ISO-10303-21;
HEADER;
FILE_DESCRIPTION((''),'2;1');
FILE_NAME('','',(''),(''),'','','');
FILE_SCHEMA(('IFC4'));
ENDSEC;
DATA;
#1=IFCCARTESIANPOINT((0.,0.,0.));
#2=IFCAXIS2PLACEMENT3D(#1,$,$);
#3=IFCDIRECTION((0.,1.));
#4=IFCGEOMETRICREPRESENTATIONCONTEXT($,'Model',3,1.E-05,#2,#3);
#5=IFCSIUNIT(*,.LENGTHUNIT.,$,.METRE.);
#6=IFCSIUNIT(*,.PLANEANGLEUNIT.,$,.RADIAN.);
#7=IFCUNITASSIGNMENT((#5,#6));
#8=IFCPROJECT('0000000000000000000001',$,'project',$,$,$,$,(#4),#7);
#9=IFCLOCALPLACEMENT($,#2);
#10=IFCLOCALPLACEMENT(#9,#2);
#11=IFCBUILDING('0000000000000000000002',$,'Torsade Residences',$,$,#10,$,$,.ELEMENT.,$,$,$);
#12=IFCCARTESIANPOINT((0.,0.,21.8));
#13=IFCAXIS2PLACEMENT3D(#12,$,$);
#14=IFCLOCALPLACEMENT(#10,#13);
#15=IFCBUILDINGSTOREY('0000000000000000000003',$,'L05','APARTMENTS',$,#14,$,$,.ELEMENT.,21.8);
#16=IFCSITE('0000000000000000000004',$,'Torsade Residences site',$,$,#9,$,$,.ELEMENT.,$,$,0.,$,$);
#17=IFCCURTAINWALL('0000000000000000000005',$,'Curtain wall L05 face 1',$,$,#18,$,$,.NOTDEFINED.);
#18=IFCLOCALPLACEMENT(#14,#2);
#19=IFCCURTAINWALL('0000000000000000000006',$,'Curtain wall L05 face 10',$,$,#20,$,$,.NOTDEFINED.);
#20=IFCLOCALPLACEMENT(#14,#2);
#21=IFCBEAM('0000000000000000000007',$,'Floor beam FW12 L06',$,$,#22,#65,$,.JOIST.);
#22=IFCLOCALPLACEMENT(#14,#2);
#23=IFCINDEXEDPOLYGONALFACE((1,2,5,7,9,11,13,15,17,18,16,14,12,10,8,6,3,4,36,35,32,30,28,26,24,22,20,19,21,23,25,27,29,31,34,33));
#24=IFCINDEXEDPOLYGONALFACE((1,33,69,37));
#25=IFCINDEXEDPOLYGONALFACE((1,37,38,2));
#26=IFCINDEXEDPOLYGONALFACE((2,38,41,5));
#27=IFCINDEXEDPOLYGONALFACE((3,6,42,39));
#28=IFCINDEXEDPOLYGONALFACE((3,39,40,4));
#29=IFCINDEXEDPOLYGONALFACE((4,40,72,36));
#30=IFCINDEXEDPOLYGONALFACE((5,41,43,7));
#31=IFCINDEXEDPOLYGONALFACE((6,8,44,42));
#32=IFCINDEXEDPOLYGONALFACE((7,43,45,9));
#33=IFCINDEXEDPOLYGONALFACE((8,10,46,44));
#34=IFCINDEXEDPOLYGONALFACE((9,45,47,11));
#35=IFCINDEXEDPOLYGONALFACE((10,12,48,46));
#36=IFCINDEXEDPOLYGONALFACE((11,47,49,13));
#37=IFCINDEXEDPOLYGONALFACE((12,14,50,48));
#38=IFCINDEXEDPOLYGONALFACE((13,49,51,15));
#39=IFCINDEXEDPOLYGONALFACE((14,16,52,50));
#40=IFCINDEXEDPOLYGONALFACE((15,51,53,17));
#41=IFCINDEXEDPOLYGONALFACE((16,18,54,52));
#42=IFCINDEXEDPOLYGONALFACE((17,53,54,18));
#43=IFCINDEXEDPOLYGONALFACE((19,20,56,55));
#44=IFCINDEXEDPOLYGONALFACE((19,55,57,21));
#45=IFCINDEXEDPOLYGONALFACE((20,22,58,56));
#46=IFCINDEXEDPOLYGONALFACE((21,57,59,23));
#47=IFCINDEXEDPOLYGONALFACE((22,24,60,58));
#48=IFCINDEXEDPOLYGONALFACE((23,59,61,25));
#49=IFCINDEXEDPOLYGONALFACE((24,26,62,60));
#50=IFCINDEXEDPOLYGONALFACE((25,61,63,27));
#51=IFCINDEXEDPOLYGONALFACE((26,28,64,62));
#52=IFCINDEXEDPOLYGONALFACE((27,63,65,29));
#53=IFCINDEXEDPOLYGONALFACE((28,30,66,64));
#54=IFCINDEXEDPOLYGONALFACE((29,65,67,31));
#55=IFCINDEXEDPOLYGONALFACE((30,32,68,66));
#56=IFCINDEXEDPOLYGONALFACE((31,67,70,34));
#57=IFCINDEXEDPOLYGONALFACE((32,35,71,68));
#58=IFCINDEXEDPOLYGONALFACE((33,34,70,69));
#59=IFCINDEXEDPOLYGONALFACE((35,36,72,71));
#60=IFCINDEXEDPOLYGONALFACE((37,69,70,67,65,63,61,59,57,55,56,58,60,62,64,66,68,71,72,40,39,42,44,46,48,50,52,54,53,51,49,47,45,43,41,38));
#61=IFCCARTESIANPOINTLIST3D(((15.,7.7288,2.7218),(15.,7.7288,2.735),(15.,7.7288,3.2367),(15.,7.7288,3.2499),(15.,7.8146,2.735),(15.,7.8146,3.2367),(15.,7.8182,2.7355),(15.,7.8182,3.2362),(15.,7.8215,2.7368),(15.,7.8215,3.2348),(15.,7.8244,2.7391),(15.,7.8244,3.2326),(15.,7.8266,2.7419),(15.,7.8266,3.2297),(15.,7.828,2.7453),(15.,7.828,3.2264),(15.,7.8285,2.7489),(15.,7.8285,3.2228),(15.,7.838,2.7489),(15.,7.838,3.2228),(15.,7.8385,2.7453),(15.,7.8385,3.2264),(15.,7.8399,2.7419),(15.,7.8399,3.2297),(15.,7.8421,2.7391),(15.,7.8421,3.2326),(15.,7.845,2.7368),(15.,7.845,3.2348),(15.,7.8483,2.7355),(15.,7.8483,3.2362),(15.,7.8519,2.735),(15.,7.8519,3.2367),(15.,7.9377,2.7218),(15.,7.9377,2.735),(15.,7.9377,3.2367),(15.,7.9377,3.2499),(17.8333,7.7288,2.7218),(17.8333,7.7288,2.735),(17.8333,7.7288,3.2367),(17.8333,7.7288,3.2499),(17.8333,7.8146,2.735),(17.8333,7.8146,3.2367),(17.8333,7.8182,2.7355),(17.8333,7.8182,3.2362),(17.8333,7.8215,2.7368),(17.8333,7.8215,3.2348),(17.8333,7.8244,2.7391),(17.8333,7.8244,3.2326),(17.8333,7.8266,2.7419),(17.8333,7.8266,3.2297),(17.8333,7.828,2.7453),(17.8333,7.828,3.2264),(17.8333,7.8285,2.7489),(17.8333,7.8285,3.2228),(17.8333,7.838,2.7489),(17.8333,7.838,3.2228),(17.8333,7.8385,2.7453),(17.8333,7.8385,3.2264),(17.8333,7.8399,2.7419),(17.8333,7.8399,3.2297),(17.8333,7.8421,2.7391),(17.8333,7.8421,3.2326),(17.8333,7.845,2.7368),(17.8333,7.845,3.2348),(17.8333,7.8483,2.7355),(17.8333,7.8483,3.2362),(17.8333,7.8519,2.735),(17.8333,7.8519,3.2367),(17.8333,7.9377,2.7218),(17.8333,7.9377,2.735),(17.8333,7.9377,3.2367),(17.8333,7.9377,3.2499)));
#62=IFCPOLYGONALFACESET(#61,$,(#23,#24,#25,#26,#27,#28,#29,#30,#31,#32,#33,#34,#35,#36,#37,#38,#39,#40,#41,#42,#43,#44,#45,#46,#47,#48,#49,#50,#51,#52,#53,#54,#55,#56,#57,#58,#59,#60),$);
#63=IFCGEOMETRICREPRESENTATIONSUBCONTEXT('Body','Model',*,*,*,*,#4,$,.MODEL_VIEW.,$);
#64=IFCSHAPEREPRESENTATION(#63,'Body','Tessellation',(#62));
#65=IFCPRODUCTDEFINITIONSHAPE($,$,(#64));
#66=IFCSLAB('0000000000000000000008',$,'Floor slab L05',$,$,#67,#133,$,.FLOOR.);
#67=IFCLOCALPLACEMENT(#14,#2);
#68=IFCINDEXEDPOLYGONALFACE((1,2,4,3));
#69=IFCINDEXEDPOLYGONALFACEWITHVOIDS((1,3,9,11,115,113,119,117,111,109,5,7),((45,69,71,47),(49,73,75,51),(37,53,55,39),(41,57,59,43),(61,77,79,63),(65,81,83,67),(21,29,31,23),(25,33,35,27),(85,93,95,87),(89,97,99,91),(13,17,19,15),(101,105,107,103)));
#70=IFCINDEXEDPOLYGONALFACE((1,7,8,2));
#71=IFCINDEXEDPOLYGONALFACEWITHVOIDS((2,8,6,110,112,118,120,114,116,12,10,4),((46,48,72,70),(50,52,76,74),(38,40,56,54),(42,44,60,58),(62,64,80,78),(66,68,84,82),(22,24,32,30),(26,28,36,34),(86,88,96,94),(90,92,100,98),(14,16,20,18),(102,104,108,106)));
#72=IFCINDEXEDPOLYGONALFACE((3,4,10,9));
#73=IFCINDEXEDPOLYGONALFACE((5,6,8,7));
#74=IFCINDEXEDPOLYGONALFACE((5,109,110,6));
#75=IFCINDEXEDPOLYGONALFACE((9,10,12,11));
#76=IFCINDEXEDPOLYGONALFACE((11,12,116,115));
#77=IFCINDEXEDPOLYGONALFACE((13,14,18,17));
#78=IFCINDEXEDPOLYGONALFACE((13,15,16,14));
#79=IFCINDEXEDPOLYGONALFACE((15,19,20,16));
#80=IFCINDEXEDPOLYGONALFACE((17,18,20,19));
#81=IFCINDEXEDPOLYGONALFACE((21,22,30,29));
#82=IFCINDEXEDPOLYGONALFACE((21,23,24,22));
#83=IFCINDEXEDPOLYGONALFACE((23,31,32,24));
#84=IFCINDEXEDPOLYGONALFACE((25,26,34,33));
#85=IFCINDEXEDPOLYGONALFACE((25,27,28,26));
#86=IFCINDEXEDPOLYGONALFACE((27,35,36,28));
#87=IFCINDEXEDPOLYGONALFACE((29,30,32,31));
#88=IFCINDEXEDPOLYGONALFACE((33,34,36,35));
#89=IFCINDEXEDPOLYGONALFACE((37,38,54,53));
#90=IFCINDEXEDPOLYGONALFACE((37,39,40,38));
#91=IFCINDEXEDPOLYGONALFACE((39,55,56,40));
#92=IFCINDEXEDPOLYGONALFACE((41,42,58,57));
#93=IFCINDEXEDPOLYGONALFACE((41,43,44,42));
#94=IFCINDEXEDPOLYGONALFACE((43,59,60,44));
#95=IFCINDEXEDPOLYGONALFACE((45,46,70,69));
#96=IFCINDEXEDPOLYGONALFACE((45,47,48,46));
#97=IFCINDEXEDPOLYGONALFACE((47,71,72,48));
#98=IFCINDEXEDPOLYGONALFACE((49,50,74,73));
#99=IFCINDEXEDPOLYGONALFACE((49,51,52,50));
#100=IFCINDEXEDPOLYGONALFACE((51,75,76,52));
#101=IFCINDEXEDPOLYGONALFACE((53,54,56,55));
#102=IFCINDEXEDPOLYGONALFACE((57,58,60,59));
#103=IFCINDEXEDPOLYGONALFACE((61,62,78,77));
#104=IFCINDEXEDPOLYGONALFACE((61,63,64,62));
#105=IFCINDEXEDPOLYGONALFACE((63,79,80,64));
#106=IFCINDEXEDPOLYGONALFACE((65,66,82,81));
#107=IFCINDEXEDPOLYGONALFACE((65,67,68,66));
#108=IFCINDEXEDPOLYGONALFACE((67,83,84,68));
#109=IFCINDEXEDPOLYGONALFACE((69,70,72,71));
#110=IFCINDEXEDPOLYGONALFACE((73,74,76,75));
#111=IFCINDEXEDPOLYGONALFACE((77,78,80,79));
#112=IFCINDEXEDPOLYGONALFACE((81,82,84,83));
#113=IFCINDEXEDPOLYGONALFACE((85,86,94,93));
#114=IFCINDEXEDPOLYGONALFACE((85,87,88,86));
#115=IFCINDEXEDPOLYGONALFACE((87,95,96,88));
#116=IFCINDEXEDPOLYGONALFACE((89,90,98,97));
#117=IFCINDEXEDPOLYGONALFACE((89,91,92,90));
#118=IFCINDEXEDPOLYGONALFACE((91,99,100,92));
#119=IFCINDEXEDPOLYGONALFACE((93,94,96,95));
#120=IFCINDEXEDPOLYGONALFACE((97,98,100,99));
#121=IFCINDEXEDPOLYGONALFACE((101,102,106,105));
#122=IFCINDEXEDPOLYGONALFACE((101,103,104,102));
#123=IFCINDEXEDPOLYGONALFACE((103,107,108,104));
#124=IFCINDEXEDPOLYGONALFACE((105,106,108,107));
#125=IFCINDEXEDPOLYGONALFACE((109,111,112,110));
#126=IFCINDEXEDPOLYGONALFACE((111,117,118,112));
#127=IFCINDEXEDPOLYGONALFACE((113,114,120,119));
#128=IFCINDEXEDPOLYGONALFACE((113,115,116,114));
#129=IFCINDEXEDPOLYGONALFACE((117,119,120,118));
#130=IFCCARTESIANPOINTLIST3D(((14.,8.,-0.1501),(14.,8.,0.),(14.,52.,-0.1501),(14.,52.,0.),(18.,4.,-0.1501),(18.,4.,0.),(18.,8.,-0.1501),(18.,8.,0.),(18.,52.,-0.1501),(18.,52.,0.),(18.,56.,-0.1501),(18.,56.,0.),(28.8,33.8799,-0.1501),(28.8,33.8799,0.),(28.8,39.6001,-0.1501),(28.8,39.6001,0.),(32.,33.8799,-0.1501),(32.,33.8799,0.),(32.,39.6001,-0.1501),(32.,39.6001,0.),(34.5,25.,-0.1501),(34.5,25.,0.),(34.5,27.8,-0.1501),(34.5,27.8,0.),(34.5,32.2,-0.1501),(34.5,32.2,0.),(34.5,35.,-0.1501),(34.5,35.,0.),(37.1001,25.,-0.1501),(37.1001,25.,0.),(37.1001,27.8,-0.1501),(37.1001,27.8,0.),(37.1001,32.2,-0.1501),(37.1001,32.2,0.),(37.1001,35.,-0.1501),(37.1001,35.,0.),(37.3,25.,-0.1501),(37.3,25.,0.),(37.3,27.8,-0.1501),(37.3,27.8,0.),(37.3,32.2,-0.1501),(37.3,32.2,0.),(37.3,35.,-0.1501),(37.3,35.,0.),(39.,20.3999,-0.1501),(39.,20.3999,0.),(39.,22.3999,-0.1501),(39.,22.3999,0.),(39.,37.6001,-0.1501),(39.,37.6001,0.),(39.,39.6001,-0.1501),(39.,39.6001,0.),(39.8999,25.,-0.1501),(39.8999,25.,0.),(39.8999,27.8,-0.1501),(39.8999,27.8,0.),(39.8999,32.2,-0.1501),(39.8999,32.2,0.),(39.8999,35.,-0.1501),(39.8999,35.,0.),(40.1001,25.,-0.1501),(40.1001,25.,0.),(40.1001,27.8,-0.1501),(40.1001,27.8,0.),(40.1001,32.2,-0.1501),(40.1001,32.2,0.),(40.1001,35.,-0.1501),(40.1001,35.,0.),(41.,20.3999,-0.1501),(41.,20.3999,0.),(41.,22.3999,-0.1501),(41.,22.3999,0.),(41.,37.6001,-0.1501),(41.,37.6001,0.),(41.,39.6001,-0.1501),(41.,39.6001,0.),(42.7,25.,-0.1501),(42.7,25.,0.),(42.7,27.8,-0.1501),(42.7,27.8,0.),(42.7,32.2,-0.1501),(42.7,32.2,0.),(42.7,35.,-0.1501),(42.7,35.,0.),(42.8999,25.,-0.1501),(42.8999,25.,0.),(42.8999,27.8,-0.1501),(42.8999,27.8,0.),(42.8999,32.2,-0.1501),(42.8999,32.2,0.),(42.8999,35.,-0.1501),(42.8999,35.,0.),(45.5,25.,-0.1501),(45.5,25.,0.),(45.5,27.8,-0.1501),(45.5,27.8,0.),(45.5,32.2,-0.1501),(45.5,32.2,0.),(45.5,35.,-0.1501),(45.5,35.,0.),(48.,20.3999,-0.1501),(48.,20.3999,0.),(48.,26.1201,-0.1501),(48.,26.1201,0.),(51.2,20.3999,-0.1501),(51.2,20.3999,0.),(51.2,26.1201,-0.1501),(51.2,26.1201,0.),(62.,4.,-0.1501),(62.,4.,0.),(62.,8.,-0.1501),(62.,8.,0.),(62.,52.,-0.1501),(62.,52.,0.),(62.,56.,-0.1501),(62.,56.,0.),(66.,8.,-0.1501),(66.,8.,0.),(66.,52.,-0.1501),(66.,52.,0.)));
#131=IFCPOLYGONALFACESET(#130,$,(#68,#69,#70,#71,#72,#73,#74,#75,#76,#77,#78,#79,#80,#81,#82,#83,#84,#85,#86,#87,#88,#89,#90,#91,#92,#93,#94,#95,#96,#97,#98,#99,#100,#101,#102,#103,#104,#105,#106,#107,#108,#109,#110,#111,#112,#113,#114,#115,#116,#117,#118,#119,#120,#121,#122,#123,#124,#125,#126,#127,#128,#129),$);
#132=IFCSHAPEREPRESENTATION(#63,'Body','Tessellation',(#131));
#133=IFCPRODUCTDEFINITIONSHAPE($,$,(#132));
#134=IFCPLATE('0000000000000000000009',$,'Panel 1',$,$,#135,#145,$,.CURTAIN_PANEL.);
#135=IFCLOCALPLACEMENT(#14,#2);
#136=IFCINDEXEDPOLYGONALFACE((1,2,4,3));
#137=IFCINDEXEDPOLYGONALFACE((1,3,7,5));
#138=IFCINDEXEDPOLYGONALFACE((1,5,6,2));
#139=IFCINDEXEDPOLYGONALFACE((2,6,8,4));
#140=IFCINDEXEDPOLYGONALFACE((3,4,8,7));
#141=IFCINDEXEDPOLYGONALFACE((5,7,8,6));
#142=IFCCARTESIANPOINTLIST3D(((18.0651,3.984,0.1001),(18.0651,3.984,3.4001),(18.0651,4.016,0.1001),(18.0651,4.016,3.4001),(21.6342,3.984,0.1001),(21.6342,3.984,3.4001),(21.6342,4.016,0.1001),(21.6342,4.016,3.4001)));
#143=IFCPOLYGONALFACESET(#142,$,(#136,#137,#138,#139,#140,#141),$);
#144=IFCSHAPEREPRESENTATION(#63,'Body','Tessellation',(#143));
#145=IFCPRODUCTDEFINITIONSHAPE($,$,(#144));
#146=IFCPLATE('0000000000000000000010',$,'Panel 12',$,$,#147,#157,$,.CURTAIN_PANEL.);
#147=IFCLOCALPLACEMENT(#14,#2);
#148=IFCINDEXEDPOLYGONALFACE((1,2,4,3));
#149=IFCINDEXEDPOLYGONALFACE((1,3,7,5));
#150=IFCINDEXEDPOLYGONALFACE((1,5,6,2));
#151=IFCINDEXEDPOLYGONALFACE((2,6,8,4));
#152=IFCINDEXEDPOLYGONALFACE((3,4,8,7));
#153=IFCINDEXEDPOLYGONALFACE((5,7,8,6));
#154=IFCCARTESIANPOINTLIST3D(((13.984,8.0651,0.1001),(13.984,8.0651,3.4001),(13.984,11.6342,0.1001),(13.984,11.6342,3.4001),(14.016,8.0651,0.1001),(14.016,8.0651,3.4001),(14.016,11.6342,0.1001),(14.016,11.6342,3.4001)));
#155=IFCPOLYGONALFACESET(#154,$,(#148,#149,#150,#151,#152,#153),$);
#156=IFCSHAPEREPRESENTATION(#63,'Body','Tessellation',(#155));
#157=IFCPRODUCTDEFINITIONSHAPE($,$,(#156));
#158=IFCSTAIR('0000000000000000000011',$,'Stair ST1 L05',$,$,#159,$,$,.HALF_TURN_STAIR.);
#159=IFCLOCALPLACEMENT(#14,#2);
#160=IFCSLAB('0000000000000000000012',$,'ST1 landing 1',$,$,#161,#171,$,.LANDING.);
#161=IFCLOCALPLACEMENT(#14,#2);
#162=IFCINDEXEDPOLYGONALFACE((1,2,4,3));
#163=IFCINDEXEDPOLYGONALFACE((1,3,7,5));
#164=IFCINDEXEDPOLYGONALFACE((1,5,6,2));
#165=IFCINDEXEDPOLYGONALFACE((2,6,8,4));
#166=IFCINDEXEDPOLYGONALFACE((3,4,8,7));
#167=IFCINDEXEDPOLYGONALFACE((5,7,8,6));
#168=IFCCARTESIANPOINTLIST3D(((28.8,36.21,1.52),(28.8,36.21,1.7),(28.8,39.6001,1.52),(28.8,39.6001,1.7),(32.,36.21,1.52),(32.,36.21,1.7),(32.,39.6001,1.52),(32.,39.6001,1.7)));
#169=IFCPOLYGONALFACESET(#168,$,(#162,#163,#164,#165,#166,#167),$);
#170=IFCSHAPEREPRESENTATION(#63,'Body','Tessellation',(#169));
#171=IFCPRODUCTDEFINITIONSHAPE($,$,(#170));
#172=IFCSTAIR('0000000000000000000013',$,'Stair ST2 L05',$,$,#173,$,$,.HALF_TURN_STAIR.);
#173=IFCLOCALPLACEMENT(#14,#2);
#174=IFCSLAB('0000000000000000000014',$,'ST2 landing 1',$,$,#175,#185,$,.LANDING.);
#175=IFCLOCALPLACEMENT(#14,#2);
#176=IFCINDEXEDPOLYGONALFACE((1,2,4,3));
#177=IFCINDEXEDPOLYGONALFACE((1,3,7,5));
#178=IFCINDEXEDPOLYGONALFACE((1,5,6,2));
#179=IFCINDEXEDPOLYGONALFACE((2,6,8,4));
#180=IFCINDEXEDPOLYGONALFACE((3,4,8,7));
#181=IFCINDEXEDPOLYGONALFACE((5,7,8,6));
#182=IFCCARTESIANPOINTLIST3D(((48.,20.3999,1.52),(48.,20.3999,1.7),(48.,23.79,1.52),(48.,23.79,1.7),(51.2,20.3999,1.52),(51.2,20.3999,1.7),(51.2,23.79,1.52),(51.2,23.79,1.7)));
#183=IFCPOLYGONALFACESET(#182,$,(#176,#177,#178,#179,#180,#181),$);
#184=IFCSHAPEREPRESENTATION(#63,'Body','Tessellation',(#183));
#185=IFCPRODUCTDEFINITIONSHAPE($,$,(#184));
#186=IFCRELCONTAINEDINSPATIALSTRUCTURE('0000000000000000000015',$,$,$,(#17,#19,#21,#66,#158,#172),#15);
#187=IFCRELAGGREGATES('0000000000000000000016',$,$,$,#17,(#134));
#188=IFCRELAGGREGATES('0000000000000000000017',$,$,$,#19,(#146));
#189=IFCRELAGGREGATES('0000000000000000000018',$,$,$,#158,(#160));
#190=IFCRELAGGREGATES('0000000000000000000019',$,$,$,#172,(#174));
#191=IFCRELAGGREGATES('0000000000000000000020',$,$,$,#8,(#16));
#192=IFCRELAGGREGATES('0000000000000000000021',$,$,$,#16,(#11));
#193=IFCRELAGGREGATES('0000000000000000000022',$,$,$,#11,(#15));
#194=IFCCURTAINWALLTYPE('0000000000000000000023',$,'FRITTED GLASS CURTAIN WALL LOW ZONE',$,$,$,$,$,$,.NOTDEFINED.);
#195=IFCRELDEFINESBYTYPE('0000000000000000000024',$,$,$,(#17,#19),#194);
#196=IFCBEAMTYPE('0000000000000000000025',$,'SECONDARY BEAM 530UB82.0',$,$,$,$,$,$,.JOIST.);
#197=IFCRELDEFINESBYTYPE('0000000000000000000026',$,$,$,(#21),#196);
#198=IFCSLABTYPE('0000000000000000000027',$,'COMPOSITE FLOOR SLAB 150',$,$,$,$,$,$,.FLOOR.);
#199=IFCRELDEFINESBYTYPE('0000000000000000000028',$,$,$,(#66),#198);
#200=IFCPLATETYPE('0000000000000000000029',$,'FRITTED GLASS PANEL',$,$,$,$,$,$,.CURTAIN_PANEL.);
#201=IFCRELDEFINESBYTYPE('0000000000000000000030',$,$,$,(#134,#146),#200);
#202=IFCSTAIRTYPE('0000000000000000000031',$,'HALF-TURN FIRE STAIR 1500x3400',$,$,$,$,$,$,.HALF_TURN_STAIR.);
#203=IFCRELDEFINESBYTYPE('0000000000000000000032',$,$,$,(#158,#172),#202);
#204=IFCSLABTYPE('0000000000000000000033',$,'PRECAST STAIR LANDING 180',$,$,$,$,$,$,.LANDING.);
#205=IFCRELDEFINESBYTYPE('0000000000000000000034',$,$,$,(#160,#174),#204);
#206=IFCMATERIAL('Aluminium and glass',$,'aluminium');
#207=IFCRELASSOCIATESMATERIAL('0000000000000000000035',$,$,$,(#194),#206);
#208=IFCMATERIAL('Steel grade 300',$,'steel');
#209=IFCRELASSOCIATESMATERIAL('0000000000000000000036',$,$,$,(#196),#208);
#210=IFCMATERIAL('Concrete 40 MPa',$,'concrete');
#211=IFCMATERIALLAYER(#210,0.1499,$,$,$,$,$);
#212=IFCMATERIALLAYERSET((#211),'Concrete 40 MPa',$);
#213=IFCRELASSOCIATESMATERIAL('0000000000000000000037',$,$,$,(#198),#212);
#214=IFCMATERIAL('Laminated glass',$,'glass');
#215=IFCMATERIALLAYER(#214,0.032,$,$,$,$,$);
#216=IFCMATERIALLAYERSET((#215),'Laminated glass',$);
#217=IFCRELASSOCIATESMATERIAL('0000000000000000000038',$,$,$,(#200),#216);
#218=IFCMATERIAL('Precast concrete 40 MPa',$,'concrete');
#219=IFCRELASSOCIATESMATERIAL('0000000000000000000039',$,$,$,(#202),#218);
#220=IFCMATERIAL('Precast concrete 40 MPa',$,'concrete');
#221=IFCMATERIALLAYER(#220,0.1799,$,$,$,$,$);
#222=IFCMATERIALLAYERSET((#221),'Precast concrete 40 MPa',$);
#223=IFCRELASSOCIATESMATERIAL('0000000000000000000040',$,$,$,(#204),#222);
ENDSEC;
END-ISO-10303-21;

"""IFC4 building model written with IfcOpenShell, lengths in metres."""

from ifc_helpers import new_model, si_unit, direction, frame, origin, origin_2d, place, context, subcontext, project, spatial, polyline, rectangle, i_section, outline, extrude, material, layer, layer_set, material_profile, profile_set, type_object, element, aggregate, save


model = new_model("IFC4")

# Units and contexts
model_context = context("Model", 3, precision=1e-05, world=origin(), true_north=direction((0.0, 1.0)))
body_context = subcontext(model_context, "Body", "Model", "MODEL_VIEW")
ifc_project = project(units=[si_unit("LENGTHUNIT", "METRE"), si_unit("PLANEANGLEUNIT", "RADIAN")], contexts=[model_context])

# Site, building, storey
site_placement = place(None, origin())
site = spatial("IfcSite", under=ifc_project, at=site_placement, Name="Torsade Residences site", CompositionType="ELEMENT", RefElevation=0.0)
building_placement = place(site_placement, origin())
building = spatial("IfcBuilding", under=site, at=building_placement, Name="Torsade Residences", CompositionType="ELEMENT")
storey_placement = place(building_placement, frame((0.0, 0.0, 21.8)))
storey = spatial("IfcBuildingStorey", under=building, at=storey_placement, Name="L05", Description="APARTMENTS", CompositionType="ELEMENT", Elevation=21.8)

# Curtain wall
ifc_material_1 = material(Name="Aluminium and glass", Category="aluminium")
curtain_wall_type = type_object("IfcCurtainWallType", Name="FRITTED GLASS CURTAIN WALL LOW ZONE", PredefinedType="NOTDEFINED", material=ifc_material_1)
curtain_wall_1_placement = place(storey_placement, origin())
curtain_wall_1 = element("IfcCurtainWall", 1, at=curtain_wall_1_placement, inside=storey, type_object=curtain_wall_type, Name="Curtain wall L05 face 1", PredefinedType="NOTDEFINED")

# Curtain wall
curtain_wall_2_placement = place(storey_placement, origin())
curtain_wall_2 = element("IfcCurtainWall", 2, at=curtain_wall_2_placement, inside=storey, type_object=curtain_wall_type, Name="Curtain wall L05 face 10", PredefinedType="NOTDEFINED")

# Beam
ifc_material_2 = material(Name="Steel grade 300", Category="steel")
ifc_material_profile_1 = material_profile(ifc_material_2, i_section(OverallWidth=0.209, OverallDepth=0.5281, WebThickness=0.0095, FlangeThickness=0.0132, FilletRadius=0.0139, at=origin_2d()), Name="530UB82.0")
ifc_profile_set_1 = profile_set([ifc_material_profile_1], Name="Steel grade 300")
beam_type_1 = type_object("IfcBeamType", Name="SECONDARY BEAM 530UB82.0", PredefinedType="JOIST", material=ifc_profile_set_1)
beam_1_placement = place(storey_placement, frame((15.0, 7.8333, 2.9858), z_axis=(1.0, 0.0, 0.0), x_axis=(0.0, 1.0, 0.0)))
element("IfcBeam", 3, at=beam_1_placement, inside=storey, type_object=beam_type_1, Name="Floor beam FW12 L06", PredefinedType="JOIST", context=body_context, shape_type="SweptSolid", body=[
    extrude(i_section(OverallWidth=0.209, OverallDepth=0.5281, WebThickness=0.0095, FlangeThickness=0.0132, FilletRadius=0.0139, at=origin_2d()), origin(), (0.0, 0.0, 1.0), 2.8333),
])

# Slab
ifc_material_3 = material(Name="Concrete 40 MPa", Category="concrete")
ifc_layer_1 = layer(ifc_material_3, 0.1499)
ifc_layer_set_1 = layer_set([ifc_layer_1], Name="Concrete 40 MPa")
slab_type_1 = type_object("IfcSlabType", Name="COMPOSITE FLOOR SLAB 150", PredefinedType="FLOOR", material=ifc_layer_set_1)
slab_1_placement = place(storey_placement, frame((0.0, 0.0, -0.1501)))
element("IfcSlab", 4, at=slab_1_placement, inside=storey, type_object=slab_type_1, Name="Floor slab L05", PredefinedType="FLOOR", context=body_context, shape_type="SweptSolid", body=[
    extrude(outline(polyline([(18.0, 4.0), (62.0, 4.0), (62.0, 8.0), (66.0, 8.0), (66.0, 52.0), (62.0, 52.0), (62.0, 56.0), (18.0, 56.0), (18.0, 52.0), (14.0, 52.0), (14.0, 8.0), (18.0, 8.0), (18.0, 4.0)]), holes=[polyline([(51.2, 20.3999), (51.2, 26.1201), (48.0, 26.1201), (48.0, 20.3999), (51.2, 20.3999)]), polyline([(45.5, 27.8), (42.8999, 27.8), (42.8999, 25.0), (45.5, 25.0), (45.5, 27.8)]), polyline([(45.5, 32.2), (45.5, 35.0), (42.8999, 35.0), (42.8999, 32.2), (45.5, 32.2)]), polyline([(42.7, 25.0), (42.7, 27.8), (40.1001, 27.8), (40.1001, 25.0), (42.7, 25.0)]), polyline([(42.7, 32.2), (42.7, 35.0), (40.1001, 35.0), (40.1001, 32.2), (42.7, 32.2)]), polyline([(41.0, 22.3999), (39.0, 22.3999), (39.0, 20.3999), (41.0, 20.3999), (41.0, 22.3999)]), polyline([(41.0, 37.6001), (41.0, 39.6001), (39.0, 39.6001), (39.0, 37.6001), (41.0, 37.6001)]), polyline([(39.8999, 25.0), (39.8999, 27.8), (37.3, 27.8), (37.3, 25.0), (39.8999, 25.0)]), polyline([(39.8999, 35.0), (37.3, 35.0), (37.3, 32.2), (39.8999, 32.2), (39.8999, 35.0)]), polyline([(37.1001, 27.8), (34.5, 27.8), (34.5, 25.0), (37.1001, 25.0), (37.1001, 27.8)]), polyline([(37.1001, 32.2), (37.1001, 35.0), (34.5, 35.0), (34.5, 32.2), (37.1001, 32.2)]), polyline([(32.0, 33.8799), (32.0, 39.6001), (28.8, 39.6001), (28.8, 33.8799), (32.0, 33.8799)])]), origin(), (0.0, 0.0, 1.0), 0.1501),
])

# Plates
ifc_material_4 = material(Name="Laminated glass", Category="glass")
ifc_layer_2 = layer(ifc_material_4, 0.032)
ifc_layer_set_2 = layer_set([ifc_layer_2], Name="Laminated glass")
plate_type = type_object("IfcPlateType", Name="FRITTED GLASS PANEL", PredefinedType="CURTAIN_PANEL", material=ifc_layer_set_2)
plate_1_placement = place(storey_placement, frame((19.8496, 4.0, 0.1001), z_axis=(0.0, 0.0, 1.0), x_axis=(1.0, 0.0, 0.0)))
plate_1 = element("IfcPlate", 5, at=plate_1_placement, type_object=plate_type, Name="Panel 1", PredefinedType="CURTAIN_PANEL", context=body_context, shape_type="SweptSolid", body=[
    extrude(rectangle(XDim=3.5691, YDim=0.032, at=origin_2d()), origin(), (0.0, 0.0, 1.0), 3.3),
])
aggregate(curtain_wall_1, [plate_1])
plate_2_placement = place(storey_placement, frame((14.0, 9.8496, 0.1001), z_axis=(0.0, 0.0, 1.0), x_axis=(0.0, -1.0, 0.0)))
plate_2 = element("IfcPlate", 6, at=plate_2_placement, type_object=plate_type, Name="Panel 12", PredefinedType="CURTAIN_PANEL", context=body_context, shape_type="SweptSolid", body=[
    extrude(rectangle(XDim=3.5691, YDim=0.032, at=origin_2d()), origin(), (0.0, 0.0, 1.0), 3.3),
])
aggregate(curtain_wall_2, [plate_2])

# Stairs, slabs
ifc_material_5 = material(Name="Precast concrete 40 MPa", Category="concrete")
stair_type = type_object("IfcStairType", Name="HALF-TURN FIRE STAIR 1500x3400", PredefinedType="HALF_TURN_STAIR", material=ifc_material_5)
stair_1_placement = place(storey_placement, origin())
stair_1 = element("IfcStair", 7, at=stair_1_placement, inside=storey, type_object=stair_type, Name="Stair ST1 L05", PredefinedType="HALF_TURN_STAIR")
ifc_material_6 = material(Name="Precast concrete 40 MPa", Category="concrete")
ifc_layer_3 = layer(ifc_material_6, 0.1799)
ifc_layer_set_3 = layer_set([ifc_layer_3], Name="Precast concrete 40 MPa")
slab_type_2 = type_object("IfcSlabType", Name="PRECAST STAIR LANDING 180", PredefinedType="LANDING", material=ifc_layer_set_3)
slab_2_placement = place(storey_placement, frame((0.0, 0.0, 1.52)))
slab_2 = element("IfcSlab", 8, at=slab_2_placement, type_object=slab_type_2, Name="ST1 landing 1", PredefinedType="LANDING", context=body_context, shape_type="SweptSolid", body=[
    extrude(outline(polyline([(28.8, 36.21), (32.0, 36.21), (32.0, 39.6001), (28.8, 39.6001), (28.8, 36.21)])), origin(), (0.0, 0.0, 1.0), 0.1799),
])
aggregate(stair_1, [slab_2])
stair_2_placement = place(storey_placement, origin())
stair_2 = element("IfcStair", 9, at=stair_2_placement, inside=storey, type_object=stair_type, Name="Stair ST2 L05", PredefinedType="HALF_TURN_STAIR")
slab_3_placement = place(storey_placement, frame((0.0, 0.0, 1.52)))
slab_3 = element("IfcSlab", 10, at=slab_3_placement, type_object=slab_type_2, Name="ST2 landing 1", PredefinedType="LANDING", context=body_context, shape_type="SweptSolid", body=[
    extrude(outline(polyline([(48.0, 20.3999), (51.2, 20.3999), (51.2, 23.79), (48.0, 23.79), (48.0, 20.3999)])), origin(), (0.0, 0.0, 1.0), 0.1799),
])
aggregate(stair_2, [slab_3])

save(model, "model.ifc")
